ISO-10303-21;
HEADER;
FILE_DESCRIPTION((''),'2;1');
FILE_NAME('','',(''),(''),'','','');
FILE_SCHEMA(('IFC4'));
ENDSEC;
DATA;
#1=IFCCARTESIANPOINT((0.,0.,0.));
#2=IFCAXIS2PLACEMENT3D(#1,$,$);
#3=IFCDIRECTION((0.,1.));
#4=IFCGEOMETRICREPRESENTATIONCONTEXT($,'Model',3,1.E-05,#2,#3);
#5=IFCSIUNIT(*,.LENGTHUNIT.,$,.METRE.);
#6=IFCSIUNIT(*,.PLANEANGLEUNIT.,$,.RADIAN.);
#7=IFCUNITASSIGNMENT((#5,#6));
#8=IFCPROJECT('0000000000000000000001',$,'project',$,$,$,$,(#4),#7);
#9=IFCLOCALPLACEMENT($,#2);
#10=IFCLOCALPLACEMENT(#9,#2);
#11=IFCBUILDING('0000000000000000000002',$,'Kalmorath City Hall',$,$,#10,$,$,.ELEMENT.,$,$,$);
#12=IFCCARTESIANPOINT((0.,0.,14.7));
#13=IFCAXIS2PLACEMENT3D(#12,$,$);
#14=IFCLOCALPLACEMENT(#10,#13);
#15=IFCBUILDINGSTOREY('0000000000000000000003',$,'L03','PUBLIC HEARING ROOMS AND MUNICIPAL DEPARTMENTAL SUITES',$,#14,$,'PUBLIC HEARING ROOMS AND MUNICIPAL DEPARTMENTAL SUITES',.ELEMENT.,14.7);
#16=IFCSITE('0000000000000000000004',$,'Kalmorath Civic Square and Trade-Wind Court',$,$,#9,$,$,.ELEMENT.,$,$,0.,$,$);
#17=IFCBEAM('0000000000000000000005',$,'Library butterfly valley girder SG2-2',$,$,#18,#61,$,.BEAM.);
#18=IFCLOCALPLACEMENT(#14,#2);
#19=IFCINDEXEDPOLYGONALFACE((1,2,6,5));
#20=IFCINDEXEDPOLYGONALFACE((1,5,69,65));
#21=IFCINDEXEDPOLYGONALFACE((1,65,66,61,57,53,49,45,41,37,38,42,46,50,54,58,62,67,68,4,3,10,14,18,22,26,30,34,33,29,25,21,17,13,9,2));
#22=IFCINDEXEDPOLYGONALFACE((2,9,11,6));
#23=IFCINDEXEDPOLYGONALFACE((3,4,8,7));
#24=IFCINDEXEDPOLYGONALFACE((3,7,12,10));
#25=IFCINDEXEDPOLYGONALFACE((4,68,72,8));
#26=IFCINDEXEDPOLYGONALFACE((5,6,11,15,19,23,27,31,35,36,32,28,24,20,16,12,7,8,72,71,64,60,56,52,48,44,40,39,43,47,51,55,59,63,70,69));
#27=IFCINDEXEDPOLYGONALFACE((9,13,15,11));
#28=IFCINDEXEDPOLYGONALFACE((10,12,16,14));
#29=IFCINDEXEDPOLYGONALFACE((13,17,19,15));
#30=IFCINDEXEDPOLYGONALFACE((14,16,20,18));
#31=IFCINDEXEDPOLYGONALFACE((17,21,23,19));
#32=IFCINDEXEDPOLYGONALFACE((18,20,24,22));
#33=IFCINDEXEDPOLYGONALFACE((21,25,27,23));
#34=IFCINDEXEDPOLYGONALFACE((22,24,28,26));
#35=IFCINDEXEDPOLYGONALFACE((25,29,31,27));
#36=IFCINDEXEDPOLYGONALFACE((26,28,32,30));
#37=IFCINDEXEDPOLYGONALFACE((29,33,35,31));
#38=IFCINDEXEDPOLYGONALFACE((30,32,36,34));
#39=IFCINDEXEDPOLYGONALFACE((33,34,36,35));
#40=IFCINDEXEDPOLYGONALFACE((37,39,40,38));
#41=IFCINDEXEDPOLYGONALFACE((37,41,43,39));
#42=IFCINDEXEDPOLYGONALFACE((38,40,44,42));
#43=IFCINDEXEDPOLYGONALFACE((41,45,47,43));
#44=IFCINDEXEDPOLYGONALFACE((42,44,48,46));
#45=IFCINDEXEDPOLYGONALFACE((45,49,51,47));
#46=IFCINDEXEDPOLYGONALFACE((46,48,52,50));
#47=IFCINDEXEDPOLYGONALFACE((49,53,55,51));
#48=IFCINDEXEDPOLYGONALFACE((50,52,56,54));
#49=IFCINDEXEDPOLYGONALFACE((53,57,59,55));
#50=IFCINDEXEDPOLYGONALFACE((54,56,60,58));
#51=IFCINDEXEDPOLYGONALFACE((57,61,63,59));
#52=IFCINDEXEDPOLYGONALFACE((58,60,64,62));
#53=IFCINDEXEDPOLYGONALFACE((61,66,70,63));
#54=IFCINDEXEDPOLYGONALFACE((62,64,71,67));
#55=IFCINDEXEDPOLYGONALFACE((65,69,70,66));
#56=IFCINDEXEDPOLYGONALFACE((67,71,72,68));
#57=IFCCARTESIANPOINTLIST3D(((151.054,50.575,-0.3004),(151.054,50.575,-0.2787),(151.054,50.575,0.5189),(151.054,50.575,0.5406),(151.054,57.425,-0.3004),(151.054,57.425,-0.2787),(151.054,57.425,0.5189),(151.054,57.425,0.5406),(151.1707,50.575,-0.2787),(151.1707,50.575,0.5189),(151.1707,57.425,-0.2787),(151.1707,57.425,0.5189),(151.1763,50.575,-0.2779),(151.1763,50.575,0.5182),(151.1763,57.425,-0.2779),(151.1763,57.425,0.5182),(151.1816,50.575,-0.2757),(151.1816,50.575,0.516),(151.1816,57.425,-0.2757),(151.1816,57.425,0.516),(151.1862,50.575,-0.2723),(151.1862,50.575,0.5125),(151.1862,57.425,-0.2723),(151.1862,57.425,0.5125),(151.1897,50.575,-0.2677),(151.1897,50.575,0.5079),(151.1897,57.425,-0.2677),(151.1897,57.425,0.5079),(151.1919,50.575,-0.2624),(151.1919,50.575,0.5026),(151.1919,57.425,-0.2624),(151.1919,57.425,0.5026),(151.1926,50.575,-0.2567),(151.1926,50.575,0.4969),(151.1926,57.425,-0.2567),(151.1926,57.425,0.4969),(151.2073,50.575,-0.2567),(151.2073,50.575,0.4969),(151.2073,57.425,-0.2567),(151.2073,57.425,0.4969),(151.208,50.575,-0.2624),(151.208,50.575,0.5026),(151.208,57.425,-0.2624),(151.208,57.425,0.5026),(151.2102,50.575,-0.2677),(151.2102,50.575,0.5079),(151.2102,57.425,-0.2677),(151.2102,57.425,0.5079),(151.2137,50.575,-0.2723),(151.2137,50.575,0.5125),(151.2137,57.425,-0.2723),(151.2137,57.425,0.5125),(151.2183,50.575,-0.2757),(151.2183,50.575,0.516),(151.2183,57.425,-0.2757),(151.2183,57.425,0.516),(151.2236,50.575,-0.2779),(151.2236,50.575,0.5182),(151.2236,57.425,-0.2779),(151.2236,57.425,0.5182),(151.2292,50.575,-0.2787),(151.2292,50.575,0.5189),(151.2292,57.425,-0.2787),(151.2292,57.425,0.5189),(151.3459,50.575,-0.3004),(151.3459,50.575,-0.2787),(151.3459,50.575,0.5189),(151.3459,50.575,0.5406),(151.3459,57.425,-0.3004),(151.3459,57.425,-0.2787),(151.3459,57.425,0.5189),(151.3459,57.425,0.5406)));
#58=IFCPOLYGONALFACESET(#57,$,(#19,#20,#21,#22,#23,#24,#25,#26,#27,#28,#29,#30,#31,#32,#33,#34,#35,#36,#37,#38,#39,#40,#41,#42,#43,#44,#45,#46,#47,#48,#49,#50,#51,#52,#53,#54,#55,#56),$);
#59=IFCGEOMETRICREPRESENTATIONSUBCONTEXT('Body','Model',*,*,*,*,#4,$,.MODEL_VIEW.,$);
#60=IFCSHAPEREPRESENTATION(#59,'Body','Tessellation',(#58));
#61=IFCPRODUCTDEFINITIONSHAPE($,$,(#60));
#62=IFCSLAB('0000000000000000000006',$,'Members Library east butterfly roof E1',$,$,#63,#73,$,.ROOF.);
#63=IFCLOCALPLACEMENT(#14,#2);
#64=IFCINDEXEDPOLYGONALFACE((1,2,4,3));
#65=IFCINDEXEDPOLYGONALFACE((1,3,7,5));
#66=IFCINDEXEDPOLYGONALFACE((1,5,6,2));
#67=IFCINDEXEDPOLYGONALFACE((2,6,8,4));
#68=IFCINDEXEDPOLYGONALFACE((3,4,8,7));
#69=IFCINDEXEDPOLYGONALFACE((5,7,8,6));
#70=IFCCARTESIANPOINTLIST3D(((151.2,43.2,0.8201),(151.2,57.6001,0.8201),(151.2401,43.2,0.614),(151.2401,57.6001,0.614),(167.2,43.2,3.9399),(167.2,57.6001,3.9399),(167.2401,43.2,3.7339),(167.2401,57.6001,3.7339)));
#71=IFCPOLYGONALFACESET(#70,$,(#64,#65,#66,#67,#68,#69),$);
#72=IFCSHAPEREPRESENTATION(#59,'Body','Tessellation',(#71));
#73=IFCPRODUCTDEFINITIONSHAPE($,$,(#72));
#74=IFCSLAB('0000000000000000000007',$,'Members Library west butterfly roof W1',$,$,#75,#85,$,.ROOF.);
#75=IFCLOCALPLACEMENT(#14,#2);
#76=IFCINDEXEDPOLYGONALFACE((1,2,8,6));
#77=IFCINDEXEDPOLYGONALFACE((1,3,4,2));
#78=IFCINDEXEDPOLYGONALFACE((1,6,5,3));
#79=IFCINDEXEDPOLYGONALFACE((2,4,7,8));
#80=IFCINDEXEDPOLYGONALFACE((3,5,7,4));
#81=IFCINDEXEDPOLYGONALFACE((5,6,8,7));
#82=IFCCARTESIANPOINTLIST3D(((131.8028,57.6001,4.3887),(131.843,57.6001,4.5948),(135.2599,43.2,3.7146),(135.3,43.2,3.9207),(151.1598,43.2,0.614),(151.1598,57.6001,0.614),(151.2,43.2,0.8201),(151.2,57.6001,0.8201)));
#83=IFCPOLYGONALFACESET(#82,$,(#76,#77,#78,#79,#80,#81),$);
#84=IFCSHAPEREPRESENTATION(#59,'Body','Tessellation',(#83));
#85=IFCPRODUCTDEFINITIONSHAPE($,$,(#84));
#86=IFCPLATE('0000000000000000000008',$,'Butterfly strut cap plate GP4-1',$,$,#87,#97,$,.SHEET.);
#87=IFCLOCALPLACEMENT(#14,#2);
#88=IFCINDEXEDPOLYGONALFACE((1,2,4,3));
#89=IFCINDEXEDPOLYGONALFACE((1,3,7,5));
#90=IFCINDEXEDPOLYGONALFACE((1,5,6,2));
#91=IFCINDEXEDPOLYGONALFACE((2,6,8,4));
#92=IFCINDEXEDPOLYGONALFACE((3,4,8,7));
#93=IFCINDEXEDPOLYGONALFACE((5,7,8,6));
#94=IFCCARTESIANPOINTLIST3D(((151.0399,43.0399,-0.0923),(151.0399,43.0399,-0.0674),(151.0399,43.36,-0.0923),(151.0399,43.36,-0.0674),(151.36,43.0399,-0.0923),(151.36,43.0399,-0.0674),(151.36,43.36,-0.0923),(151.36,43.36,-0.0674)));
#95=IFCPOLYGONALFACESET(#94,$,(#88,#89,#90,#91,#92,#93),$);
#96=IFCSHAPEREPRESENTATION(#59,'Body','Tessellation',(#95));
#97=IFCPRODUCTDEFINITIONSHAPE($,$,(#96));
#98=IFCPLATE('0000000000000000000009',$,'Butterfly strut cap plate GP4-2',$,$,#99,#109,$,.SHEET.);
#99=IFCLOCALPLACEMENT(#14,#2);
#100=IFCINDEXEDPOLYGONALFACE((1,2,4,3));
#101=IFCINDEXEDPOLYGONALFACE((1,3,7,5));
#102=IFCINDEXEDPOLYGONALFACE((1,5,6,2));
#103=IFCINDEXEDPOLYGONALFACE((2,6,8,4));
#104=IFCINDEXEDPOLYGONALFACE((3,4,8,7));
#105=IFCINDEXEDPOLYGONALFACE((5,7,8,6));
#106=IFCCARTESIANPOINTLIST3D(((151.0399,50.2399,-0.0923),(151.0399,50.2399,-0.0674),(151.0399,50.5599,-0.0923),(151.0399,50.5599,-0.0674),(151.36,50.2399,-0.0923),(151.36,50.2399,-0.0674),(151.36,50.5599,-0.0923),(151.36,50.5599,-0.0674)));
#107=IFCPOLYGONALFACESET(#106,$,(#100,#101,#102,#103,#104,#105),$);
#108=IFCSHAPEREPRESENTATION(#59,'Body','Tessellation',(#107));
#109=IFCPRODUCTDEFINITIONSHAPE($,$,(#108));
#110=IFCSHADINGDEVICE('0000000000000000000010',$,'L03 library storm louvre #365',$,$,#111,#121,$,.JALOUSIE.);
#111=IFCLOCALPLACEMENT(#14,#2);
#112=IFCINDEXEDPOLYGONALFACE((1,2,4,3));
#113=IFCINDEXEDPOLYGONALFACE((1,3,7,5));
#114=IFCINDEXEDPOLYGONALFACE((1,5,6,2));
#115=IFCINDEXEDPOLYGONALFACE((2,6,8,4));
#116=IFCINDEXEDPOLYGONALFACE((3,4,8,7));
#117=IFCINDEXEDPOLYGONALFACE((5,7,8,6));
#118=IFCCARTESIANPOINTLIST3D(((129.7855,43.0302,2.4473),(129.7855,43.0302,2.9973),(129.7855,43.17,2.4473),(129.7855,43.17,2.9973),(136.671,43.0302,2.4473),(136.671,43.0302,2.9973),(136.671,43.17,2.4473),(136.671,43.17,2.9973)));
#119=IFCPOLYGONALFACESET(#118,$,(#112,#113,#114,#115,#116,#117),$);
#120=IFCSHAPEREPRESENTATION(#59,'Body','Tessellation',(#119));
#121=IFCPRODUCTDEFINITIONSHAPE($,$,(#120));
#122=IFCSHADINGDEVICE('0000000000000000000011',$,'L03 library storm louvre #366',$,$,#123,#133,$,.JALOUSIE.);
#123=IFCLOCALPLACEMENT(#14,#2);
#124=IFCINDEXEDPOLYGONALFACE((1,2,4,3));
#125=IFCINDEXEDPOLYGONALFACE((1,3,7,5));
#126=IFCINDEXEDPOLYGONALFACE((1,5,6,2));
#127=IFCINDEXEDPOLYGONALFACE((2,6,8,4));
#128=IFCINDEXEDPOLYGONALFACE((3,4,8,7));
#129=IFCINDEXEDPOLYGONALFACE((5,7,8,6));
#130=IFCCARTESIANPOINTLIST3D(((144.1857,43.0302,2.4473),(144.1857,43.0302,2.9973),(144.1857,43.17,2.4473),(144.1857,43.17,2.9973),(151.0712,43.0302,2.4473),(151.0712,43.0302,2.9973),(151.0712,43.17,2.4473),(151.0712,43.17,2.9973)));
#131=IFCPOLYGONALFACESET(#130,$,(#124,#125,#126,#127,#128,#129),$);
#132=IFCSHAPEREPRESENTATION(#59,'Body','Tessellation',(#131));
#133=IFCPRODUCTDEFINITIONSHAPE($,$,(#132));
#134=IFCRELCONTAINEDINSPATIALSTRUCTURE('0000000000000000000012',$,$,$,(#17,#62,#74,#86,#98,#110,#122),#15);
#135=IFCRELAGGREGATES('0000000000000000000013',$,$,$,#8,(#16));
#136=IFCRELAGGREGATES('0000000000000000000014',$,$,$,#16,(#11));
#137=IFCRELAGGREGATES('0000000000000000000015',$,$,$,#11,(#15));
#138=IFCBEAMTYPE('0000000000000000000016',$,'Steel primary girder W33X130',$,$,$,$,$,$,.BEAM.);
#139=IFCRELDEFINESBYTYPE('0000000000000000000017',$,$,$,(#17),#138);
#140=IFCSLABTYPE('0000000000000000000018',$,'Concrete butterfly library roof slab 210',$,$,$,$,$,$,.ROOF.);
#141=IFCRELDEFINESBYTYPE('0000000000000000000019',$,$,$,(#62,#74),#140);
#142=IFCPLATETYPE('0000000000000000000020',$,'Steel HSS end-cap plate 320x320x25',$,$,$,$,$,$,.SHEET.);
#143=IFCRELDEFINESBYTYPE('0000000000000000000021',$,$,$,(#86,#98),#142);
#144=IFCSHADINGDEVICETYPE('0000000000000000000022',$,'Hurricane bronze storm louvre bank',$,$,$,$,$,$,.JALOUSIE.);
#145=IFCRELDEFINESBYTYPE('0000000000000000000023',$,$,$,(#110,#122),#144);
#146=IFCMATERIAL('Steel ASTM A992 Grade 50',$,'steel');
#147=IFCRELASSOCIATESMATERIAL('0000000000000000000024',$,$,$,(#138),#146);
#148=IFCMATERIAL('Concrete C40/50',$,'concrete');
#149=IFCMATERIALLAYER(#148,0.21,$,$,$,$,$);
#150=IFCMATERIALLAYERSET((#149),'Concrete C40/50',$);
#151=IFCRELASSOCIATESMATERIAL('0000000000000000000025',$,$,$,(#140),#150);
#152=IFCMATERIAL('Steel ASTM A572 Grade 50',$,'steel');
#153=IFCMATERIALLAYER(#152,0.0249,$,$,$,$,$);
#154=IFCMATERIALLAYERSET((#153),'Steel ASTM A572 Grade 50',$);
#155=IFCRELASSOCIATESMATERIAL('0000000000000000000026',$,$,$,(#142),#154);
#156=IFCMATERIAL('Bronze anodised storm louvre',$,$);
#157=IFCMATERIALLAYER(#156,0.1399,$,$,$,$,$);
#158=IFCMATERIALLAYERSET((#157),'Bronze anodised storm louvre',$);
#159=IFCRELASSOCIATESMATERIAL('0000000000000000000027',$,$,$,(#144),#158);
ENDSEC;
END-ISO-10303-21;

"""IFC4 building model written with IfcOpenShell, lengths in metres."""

from ifc_helpers import new_model, si_unit, direction, frame, origin, origin_2d, place, context, subcontext, project, spatial, polyline, rectangle, i_section, outline, extrude, material, layer, layer_set, material_profile, profile_set, type_object, element, save


model = new_model("IFC4")

# Units and contexts
model_context = context("Model", 3, precision=1e-05, world=origin(), true_north=direction((0.0, 1.0)))
body_context = subcontext(model_context, "Body", "Model", "MODEL_VIEW")
ifc_project = project(units=[si_unit("LENGTHUNIT", "METRE"), si_unit("PLANEANGLEUNIT", "RADIAN")], contexts=[model_context])

# Site, building, storey
site_placement = place(None, origin())
site = spatial("IfcSite", under=ifc_project, at=site_placement, Name="Kalmorath Civic Square and Trade-Wind Court", CompositionType="ELEMENT", RefElevation=0.0)
building_placement = place(site_placement, origin())
building = spatial("IfcBuilding", under=site, at=building_placement, Name="Kalmorath City Hall", CompositionType="ELEMENT")
storey_placement = place(building_placement, frame((0.0, 0.0, 14.7)))
storey = spatial("IfcBuildingStorey", under=building, at=storey_placement, Name="L03", Description="PUBLIC HEARING ROOMS AND MUNICIPAL DEPARTMENTAL SUITES", LongName="PUBLIC HEARING ROOMS AND MUNICIPAL DEPARTMENTAL SUITES", CompositionType="ELEMENT", Elevation=14.7)

# Beam
ifc_material_1 = material(Name="Steel ASTM A992 Grade 50", Category="steel")
ifc_material_profile_1 = material_profile(ifc_material_1, i_section(OverallWidth=0.292, OverallDepth=0.8411, WebThickness=0.0146, FlangeThickness=0.0217, FilletRadius=0.022, at=origin_2d()), Name="W33X130")
ifc_profile_set_1 = profile_set([ifc_material_profile_1], Name="Steel ASTM A992 Grade 50")
beam_type_1 = type_object("IfcBeamType", Name="Steel primary girder W33X130", PredefinedType="BEAM", material=ifc_profile_set_1)
for number, where, z_axis, x_axis, name in (
    (1, (151.2, 50.575, 0.1201), (0.0, 1.0, 0.0), (-1.0, 0.0, 0.0), "Library butterfly valley girder SG2-2"),
):
    element("IfcBeam", number, at=place(storey_placement, frame(where, z_axis=z_axis, x_axis=x_axis)), inside=storey, type_object=beam_type_1, Name=name, PredefinedType="BEAM", context=body_context, shape_type="SweptSolid", body=[
        extrude(i_section(OverallWidth=0.292, OverallDepth=0.8411, WebThickness=0.0146, FlangeThickness=0.0217, FilletRadius=0.022, at=origin_2d()), origin(), (0.0, 0.0, 1.0), 6.8501),
    ])

# Slabs
ifc_material_2 = material(Name="Concrete C40/50", Category="concrete")
ifc_layer_1 = layer(ifc_material_2, 0.21)
ifc_layer_set_1 = layer_set([ifc_layer_1], Name="Concrete C40/50")
slab_type = type_object("IfcSlabType", Name="Concrete butterfly library roof slab 210", PredefinedType="ROOF", material=ifc_layer_set_1)
slab_1_placement = place(storey_placement, frame((151.2, 43.2, 0.8201), z_axis=(-0.191388, 0.0, 0.981515), x_axis=(0.981515, 0.0, 0.191388)))
element("IfcSlab", 2, at=slab_1_placement, inside=storey, type_object=slab_type, Name="Members Library east butterfly roof E1", PredefinedType="ROOF", context=body_context, shape_type="SweptSolid", body=[
    extrude(outline(polyline([(0.0, 0.0), (16.3013, 0.0), (16.3013, 14.4001), (0.0, 14.4001), (0.0, 0.0)])), origin(), (0.0, 0.0, -1.0), 0.21),
])
slab_2_placement = place(storey_placement, frame((135.3, 43.2, 3.9207), z_axis=(0.191399, 0.000002, 0.981512), x_axis=(0.981512, 0.0, -0.191399)))
element("IfcSlab", 3, at=slab_2_placement, inside=storey, type_object=slab_type, Name="Members Library west butterfly roof W1", PredefinedType="ROOF", context=body_context, shape_type="SweptSolid", body=[
    extrude(outline(polyline([(0.0, 0.0), (16.1994, 0.0), (16.1994, 14.4001), (-3.5221, 14.4001), (0.0, 0.0)])), origin(), (0.0, 0.0, -1.0), 0.21),
])

# Plates
ifc_material_3 = material(Name="Steel ASTM A572 Grade 50", Category="steel")
ifc_layer_2 = layer(ifc_material_3, 0.0249)
ifc_layer_set_2 = layer_set([ifc_layer_2], Name="Steel ASTM A572 Grade 50")
plate_type = type_object("IfcPlateType", Name="Steel HSS end-cap plate 320x320x25", PredefinedType="SHEET", material=ifc_layer_set_2)
for number, where, z_axis, x_axis, name in (
    (4, (151.2, 43.2, -0.0923), (0.0, 0.0, 1.0), (1.0, 0.0, 0.0), "Butterfly strut cap plate GP4-1"),
    (5, (151.2, 50.3999, -0.0923), (0.0, 0.0, 1.0), (1.0, 0.0, 0.0), "Butterfly strut cap plate GP4-2"),
):
    element("IfcPlate", number, at=place(storey_placement, frame(where, z_axis=z_axis, x_axis=x_axis)), inside=storey, type_object=plate_type, Name=name, PredefinedType="SHEET", context=body_context, shape_type="SweptSolid", body=[
        extrude(rectangle(XDim=0.3201, YDim=0.3201, at=origin_2d()), origin(), (0.0, 0.0, 1.0), 0.0249),
    ])

# Shading devices
ifc_material_4 = material(Name="Bronze anodised storm louvre")
ifc_layer_3 = layer(ifc_material_4, 0.1399)
ifc_layer_set_3 = layer_set([ifc_layer_3], Name="Bronze anodised storm louvre")
shading_device_type = type_object("IfcShadingDeviceType", Name="Hurricane bronze storm louvre bank", PredefinedType="JALOUSIE", material=ifc_layer_set_3)
for number, where, z_axis, x_axis, name in (
    (6, (133.2283, 43.1001, 2.4473), (0.0, 0.0, 1.0), (1.0, 0.0, 0.0), "L03 library storm louvre #365"),
    (7, (147.6284, 43.1001, 2.4473), (0.0, 0.0, 1.0), (1.0, 0.0, 0.0), "L03 library storm louvre #366"),
):
    element("IfcShadingDevice", number, at=place(storey_placement, frame(where, z_axis=z_axis, x_axis=x_axis)), inside=storey, type_object=shading_device_type, Name=name, PredefinedType="JALOUSIE", context=body_context, shape_type="SweptSolid", body=[
        extrude(rectangle(XDim=6.8855, YDim=0.1399, at=origin_2d()), origin(), (0.0, 0.0, 1.0), 0.55),
    ])

save(model, "model.ifc")
